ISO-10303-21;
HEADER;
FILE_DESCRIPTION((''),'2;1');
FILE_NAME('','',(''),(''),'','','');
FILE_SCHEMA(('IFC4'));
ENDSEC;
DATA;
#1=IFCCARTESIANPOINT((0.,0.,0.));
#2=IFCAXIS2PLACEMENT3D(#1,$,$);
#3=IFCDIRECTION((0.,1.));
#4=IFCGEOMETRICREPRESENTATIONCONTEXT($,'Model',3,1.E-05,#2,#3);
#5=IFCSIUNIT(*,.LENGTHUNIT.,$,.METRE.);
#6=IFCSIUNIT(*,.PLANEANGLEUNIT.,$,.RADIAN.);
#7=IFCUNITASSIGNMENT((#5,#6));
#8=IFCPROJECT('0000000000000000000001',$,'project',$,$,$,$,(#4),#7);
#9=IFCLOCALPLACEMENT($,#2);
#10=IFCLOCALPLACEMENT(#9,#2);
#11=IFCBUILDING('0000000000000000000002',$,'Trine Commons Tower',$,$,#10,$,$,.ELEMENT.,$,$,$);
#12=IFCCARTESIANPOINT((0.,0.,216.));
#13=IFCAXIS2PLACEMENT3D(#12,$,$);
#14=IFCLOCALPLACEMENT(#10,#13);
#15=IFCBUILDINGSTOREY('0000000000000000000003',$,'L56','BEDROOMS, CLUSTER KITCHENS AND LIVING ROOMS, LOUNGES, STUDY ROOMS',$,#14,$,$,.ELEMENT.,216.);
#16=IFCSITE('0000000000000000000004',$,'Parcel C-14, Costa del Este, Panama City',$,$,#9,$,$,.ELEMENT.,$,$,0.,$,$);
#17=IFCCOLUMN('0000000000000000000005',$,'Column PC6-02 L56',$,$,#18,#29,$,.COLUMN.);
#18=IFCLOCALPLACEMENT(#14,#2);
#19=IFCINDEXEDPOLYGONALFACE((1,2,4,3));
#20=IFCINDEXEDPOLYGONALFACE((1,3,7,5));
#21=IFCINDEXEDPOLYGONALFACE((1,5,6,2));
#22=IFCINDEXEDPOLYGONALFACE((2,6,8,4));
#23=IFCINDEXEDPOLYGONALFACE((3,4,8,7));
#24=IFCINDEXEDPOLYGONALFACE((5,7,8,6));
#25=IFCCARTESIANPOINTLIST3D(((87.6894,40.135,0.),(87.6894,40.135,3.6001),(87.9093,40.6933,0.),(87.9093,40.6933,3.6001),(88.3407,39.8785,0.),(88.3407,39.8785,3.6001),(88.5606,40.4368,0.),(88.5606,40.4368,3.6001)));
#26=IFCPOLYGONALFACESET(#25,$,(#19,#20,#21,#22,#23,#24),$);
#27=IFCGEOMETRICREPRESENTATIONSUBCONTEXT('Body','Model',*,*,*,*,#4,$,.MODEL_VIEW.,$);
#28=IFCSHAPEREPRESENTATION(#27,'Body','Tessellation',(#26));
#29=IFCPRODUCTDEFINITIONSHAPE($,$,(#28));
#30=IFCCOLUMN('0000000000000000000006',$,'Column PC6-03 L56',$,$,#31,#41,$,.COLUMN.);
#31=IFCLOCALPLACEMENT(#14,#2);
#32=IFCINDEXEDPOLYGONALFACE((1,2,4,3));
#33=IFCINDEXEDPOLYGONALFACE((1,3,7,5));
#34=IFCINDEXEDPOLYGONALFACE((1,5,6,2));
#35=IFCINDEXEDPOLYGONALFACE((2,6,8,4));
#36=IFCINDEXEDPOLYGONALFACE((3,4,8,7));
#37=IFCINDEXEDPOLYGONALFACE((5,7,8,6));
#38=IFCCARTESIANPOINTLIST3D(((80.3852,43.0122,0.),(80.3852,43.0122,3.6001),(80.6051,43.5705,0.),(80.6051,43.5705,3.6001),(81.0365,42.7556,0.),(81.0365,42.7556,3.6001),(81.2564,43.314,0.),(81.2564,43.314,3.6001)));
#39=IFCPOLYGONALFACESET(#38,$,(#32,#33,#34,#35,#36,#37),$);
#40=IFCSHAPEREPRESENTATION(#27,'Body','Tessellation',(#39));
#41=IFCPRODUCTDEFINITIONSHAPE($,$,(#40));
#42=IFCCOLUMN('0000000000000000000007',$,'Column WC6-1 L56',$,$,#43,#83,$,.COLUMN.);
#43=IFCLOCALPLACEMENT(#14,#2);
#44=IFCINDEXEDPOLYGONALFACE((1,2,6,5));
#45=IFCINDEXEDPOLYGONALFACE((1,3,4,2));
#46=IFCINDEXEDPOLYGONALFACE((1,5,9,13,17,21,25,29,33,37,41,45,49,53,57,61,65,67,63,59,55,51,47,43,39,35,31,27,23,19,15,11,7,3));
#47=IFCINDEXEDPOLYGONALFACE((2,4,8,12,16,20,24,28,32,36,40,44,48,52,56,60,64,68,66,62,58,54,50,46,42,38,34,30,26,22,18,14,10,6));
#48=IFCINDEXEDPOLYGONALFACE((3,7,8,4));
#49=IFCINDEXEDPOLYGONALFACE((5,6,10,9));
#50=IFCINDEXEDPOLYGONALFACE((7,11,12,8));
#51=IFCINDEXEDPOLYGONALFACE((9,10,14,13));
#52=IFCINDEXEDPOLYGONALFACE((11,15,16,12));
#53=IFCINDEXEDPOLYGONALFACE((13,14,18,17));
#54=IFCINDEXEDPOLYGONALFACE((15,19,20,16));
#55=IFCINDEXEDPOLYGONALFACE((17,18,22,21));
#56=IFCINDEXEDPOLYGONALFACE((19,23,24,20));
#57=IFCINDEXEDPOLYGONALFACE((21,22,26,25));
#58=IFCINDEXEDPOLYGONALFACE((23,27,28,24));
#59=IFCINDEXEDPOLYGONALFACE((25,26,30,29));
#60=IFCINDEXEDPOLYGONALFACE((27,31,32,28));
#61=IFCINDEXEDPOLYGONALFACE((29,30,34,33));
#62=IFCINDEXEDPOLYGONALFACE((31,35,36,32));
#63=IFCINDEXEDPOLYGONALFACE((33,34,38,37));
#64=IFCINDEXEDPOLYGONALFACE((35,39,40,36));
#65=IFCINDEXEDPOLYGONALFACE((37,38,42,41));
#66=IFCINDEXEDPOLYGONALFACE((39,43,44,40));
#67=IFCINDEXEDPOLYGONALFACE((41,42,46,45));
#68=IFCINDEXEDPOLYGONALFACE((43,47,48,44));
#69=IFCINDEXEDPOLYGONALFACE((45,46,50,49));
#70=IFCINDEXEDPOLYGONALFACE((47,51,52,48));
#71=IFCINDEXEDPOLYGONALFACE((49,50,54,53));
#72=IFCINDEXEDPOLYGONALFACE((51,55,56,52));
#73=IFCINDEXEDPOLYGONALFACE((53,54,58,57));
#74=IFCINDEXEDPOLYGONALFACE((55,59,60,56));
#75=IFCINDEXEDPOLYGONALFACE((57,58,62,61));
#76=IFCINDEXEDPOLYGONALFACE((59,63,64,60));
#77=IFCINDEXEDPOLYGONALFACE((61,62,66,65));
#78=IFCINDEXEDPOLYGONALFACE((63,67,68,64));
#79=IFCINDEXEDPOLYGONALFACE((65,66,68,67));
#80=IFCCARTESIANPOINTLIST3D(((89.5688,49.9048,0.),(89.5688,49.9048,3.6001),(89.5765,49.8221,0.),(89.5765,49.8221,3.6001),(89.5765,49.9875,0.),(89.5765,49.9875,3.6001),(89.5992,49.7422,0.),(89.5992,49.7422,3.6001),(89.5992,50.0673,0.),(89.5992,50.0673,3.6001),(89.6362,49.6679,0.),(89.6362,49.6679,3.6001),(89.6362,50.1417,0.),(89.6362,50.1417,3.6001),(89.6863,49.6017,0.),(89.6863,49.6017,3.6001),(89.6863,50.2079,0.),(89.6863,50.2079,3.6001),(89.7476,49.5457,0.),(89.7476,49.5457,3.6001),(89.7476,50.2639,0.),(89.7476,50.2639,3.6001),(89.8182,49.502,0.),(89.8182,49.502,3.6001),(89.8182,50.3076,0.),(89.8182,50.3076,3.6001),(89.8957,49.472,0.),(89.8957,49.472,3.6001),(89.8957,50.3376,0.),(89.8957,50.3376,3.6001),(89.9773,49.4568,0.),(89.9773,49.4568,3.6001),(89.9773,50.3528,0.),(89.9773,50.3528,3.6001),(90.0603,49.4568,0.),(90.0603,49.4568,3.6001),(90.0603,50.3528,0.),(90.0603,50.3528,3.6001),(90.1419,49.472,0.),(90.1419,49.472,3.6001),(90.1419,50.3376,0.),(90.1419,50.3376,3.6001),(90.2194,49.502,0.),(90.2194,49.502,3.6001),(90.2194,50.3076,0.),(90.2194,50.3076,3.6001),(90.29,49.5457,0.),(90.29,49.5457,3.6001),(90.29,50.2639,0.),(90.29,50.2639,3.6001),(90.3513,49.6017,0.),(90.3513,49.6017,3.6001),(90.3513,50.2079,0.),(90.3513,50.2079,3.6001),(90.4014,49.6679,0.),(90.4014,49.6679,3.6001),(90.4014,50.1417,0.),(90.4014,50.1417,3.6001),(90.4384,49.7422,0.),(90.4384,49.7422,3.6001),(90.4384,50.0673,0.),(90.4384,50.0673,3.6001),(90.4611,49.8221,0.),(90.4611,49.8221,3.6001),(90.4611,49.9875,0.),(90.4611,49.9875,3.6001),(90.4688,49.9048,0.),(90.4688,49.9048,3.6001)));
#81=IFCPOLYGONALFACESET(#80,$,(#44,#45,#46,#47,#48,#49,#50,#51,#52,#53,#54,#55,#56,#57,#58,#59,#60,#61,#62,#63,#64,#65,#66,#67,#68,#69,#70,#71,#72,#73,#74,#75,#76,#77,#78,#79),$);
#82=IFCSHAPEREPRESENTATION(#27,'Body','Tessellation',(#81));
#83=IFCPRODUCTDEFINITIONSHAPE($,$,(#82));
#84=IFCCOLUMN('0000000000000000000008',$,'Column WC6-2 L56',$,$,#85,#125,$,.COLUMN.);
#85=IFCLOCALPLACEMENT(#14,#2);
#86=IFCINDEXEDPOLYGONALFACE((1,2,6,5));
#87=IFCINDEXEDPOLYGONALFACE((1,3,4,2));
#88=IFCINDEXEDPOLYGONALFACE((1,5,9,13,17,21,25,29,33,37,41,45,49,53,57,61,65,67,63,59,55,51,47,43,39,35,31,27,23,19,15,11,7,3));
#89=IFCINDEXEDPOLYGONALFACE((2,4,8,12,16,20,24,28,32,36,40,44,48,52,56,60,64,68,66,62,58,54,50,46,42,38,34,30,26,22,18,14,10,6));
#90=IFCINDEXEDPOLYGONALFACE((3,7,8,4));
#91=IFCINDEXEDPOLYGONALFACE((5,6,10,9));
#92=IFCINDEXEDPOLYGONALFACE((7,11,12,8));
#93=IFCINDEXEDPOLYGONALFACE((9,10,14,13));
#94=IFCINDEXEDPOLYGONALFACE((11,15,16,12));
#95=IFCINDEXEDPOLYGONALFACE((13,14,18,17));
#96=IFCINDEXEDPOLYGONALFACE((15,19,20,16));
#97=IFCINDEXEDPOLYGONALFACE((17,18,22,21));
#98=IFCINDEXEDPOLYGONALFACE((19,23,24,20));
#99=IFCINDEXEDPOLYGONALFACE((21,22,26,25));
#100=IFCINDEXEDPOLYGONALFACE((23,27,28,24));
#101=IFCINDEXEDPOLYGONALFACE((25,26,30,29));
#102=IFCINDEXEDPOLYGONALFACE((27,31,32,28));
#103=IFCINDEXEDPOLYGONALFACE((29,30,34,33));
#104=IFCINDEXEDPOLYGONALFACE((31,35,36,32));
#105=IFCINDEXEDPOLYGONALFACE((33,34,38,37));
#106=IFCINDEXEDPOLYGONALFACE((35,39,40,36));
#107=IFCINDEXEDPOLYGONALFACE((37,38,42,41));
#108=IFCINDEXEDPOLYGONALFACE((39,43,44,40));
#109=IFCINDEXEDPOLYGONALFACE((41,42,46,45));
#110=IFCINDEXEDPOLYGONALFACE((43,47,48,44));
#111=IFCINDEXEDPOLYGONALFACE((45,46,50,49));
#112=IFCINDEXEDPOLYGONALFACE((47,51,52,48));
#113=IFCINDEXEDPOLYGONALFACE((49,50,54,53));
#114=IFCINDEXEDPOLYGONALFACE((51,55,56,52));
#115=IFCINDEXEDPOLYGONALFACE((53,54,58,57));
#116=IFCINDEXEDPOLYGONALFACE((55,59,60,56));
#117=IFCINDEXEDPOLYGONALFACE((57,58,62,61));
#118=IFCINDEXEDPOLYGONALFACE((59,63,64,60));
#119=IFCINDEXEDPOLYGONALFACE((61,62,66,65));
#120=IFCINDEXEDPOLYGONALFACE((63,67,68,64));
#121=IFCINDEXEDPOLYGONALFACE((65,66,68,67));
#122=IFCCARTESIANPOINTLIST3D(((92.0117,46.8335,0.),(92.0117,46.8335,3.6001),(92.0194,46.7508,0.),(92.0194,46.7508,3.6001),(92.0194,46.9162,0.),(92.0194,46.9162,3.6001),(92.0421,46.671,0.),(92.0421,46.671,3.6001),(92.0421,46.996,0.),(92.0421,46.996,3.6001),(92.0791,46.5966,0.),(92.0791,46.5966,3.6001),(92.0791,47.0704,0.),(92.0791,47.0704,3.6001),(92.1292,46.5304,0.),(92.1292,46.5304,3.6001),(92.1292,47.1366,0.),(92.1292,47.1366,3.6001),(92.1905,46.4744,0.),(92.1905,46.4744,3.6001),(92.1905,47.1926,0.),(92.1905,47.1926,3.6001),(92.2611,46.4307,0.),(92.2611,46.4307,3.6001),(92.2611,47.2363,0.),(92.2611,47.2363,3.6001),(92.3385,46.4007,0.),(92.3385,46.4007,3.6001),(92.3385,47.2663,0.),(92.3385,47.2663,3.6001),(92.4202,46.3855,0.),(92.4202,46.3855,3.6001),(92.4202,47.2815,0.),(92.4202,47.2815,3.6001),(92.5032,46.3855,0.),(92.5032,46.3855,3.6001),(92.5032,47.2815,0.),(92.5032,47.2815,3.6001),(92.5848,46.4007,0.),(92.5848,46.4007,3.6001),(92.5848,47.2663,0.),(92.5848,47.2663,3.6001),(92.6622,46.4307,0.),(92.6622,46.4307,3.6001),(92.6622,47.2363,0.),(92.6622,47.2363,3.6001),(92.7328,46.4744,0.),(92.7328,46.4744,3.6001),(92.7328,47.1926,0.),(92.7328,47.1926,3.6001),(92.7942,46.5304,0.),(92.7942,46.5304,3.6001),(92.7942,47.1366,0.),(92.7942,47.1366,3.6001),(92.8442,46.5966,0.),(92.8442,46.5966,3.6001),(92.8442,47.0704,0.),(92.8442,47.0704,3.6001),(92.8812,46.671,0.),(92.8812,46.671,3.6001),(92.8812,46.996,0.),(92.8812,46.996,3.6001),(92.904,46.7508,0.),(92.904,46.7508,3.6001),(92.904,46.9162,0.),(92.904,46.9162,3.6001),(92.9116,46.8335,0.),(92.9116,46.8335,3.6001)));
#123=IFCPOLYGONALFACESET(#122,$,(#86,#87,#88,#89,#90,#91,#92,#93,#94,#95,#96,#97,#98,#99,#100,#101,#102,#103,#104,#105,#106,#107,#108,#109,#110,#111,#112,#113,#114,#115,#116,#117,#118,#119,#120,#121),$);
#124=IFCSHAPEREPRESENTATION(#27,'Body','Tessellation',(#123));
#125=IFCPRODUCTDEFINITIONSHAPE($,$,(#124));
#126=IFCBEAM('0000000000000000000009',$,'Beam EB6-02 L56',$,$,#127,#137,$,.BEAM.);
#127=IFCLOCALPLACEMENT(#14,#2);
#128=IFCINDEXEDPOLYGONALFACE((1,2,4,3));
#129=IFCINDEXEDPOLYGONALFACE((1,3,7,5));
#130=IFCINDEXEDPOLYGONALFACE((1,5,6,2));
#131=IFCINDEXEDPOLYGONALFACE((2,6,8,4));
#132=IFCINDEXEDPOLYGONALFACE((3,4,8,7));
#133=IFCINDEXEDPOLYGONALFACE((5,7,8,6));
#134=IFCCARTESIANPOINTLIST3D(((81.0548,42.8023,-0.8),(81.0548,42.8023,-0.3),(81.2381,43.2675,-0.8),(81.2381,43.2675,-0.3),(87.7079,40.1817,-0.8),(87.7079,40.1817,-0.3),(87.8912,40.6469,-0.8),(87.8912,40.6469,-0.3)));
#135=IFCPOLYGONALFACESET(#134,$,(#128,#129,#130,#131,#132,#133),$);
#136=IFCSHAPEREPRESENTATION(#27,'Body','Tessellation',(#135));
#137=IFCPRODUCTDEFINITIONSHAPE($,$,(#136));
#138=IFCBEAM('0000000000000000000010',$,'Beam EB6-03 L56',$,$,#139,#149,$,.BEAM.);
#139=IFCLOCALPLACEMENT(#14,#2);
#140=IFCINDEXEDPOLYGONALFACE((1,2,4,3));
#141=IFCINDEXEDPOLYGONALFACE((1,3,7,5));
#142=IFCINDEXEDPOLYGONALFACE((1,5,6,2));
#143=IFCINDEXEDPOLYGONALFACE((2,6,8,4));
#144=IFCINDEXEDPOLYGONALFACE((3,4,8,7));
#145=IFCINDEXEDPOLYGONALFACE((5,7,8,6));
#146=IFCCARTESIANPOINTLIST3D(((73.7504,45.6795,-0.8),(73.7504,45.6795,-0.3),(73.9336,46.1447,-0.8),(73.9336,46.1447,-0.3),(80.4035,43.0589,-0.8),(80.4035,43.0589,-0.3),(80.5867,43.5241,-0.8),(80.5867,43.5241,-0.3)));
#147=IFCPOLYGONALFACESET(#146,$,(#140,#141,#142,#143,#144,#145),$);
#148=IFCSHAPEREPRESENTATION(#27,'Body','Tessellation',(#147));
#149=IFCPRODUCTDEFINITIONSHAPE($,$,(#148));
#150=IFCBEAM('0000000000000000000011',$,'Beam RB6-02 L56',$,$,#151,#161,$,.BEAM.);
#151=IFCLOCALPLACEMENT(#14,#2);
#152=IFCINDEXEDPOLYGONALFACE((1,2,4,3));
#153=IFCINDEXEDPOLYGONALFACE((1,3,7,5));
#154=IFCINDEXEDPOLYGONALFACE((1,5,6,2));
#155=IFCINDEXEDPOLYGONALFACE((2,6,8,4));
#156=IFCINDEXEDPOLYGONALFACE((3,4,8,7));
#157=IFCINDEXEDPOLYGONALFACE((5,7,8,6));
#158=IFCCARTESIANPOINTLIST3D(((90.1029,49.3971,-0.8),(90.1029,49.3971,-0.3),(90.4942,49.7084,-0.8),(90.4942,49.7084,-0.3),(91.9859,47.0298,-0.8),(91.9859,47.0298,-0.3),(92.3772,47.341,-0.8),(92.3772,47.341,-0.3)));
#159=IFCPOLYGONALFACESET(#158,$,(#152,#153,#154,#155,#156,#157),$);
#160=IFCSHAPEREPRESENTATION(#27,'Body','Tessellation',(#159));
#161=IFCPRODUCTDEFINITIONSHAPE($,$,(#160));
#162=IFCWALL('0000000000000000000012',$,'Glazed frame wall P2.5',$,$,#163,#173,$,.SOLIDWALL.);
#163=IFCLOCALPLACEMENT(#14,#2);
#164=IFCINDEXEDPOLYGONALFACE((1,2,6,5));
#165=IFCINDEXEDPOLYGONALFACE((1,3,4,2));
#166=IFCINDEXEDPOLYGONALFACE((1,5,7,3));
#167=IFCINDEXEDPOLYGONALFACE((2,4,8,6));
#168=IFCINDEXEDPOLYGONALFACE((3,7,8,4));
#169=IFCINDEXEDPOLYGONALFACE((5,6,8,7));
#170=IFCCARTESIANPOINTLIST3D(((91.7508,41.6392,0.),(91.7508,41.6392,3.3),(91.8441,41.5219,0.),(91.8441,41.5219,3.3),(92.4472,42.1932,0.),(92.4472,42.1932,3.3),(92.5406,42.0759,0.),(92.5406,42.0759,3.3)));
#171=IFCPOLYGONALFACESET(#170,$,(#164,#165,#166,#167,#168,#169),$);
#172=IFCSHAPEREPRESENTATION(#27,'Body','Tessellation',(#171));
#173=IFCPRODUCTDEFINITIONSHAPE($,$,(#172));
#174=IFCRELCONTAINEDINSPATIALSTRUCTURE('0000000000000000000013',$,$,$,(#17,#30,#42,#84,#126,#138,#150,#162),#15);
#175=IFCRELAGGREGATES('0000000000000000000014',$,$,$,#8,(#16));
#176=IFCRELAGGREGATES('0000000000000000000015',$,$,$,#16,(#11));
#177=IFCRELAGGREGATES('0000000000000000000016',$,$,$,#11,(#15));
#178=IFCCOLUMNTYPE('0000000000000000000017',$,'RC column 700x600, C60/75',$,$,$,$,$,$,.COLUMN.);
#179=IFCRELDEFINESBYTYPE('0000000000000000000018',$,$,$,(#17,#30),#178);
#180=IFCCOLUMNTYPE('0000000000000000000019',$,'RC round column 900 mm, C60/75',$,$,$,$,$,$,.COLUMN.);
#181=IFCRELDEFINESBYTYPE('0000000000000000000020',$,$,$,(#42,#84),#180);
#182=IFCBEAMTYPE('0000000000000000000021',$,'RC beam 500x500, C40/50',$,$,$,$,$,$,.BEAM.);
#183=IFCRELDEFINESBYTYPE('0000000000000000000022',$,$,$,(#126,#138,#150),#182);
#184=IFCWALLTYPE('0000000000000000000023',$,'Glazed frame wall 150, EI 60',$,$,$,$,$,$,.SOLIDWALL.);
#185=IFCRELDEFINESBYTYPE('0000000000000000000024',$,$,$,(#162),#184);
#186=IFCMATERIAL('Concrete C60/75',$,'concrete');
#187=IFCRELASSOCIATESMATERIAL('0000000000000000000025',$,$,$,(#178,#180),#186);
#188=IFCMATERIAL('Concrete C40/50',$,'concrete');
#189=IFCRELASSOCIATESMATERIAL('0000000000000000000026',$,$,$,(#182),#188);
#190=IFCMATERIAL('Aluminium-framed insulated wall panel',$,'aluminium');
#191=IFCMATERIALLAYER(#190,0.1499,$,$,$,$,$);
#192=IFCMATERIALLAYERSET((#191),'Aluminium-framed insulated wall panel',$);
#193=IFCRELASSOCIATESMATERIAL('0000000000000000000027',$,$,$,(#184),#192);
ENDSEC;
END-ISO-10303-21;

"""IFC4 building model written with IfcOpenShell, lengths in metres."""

from ifc_helpers import new_model, si_unit, direction, frame, origin, origin_2d, place, context, subcontext, project, spatial, polyline, rectangle, circle, outline, extrude, material, layer, layer_set, material_profile, profile_set, type_object, element, save


model = new_model("IFC4")

# Units and contexts
model_context = context("Model", 3, precision=1e-05, world=origin(), true_north=direction((0.0, 1.0)))
body_context = subcontext(model_context, "Body", "Model", "MODEL_VIEW")
ifc_project = project(units=[si_unit("LENGTHUNIT", "METRE"), si_unit("PLANEANGLEUNIT", "RADIAN")], contexts=[model_context])

# Site, building, storey
site_placement = place(None, origin())
site = spatial("IfcSite", under=ifc_project, at=site_placement, Name="Parcel C-14, Costa del Este, Panama City", CompositionType="ELEMENT", RefElevation=0.0)
building_placement = place(site_placement, origin())
building = spatial("IfcBuilding", under=site, at=building_placement, Name="Trine Commons Tower", CompositionType="ELEMENT")
storey_placement = place(building_placement, frame((0.0, 0.0, 216.0)))
storey = spatial("IfcBuildingStorey", under=building, at=storey_placement, Name="L56", Description="BEDROOMS, CLUSTER KITCHENS AND LIVING ROOMS, LOUNGES, STUDY ROOMS", CompositionType="ELEMENT", Elevation=216.0)

# Columns
ifc_material_1 = material(Name="Concrete C60/75", Category="concrete")
ifc_material_profile_1 = material_profile(ifc_material_1, rectangle(XDim=0.7, YDim=0.6001, at=origin_2d()), Name="RC 700x600")
ifc_profile_set_1 = profile_set([ifc_material_profile_1], Name="Concrete C60/75")
column_type_1 = type_object("IfcColumnType", Name="RC column 700x600, C60/75", PredefinedType="COLUMN", material=ifc_profile_set_1)
for number, where, z_axis, x_axis, name in (
    (1, (88.125, 40.2859, 0.0), (0.0, 0.0, 1.0), (-0.930418, 0.366501, 0.0), "Column PC6-02 L56"),
    (2, (80.8208, 43.1631, 0.0), (0.0, 0.0, 1.0), (-0.930418, 0.366501, 0.0), "Column PC6-03 L56"),
):
    element("IfcColumn", number, at=place(storey_placement, frame(where, z_axis=z_axis, x_axis=x_axis)), inside=storey, type_object=column_type_1, Name=name, PredefinedType="COLUMN", context=body_context, shape_type="SweptSolid", body=[
        extrude(rectangle(XDim=0.7, YDim=0.6001, at=origin_2d()), origin(), (0.0, 0.0, 1.0), 3.6001),
    ])
ifc_material_profile_2 = material_profile(ifc_material_1, circle(Radius=0.45, at=origin_2d()), Name="RC round 900")
ifc_profile_set_2 = profile_set([ifc_material_profile_2], Name="Concrete C60/75")
column_type_2 = type_object("IfcColumnType", Name="RC round column 900 mm, C60/75", PredefinedType="COLUMN", material=ifc_profile_set_2)
for number, where, z_axis, x_axis, name in (
    (3, (90.0188, 49.9048, 0.0), (0.0, 0.0, 1.0), (1.0, 0.0, 0.0), "Column WC6-1 L56"),
    (4, (92.4617, 46.8335, 0.0), (0.0, 0.0, 1.0), (1.0, 0.0, 0.0), "Column WC6-2 L56"),
):
    element("IfcColumn", number, at=place(storey_placement, frame(where, z_axis=z_axis, x_axis=x_axis)), inside=storey, type_object=column_type_2, Name=name, PredefinedType="COLUMN", context=body_context, shape_type="SweptSolid", body=[
        extrude(circle(Radius=0.45, at=origin_2d()), origin(), (0.0, 0.0, 1.0), 3.6001),
    ])

# Beams
ifc_material_2 = material(Name="Concrete C40/50", Category="concrete")
ifc_material_profile_3 = material_profile(ifc_material_2, rectangle(XDim=0.5, YDim=0.5, at=origin_2d()), Name="RC 500x500")
ifc_profile_set_3 = profile_set([ifc_material_profile_3], Name="Concrete C40/50")
beam_type = type_object("IfcBeamType", Name="RC beam 500x500, C40/50", PredefinedType="BEAM", material=ifc_profile_set_3)
for number, where, z_axis, x_axis, name in (
    (5, (87.7996, 40.4143, -0.55), (-0.930423, 0.366488, 0.0), (-0.366488, -0.930423, 0.0), "Beam EB6-02 L56"),
    (6, (80.4951, 43.2915, -0.55), (-0.930423, 0.366488, 0.0), (-0.366488, -0.930423, 0.0), "Beam EB6-03 L56"),
):
    element("IfcBeam", number, at=place(storey_placement, frame(where, z_axis=z_axis, x_axis=x_axis)), inside=storey, type_object=beam_type, Name=name, PredefinedType="BEAM", context=body_context, shape_type="SweptSolid", body=[
        extrude(rectangle(XDim=0.5, YDim=0.5, at=origin_2d()), origin(), (0.0, 0.0, 1.0), 7.1506),
    ])
beam_placement = place(storey_placement, frame((90.2986, 49.5527, -0.55), z_axis=(0.622498, -0.782622, 0.0), x_axis=(0.782622, 0.622498, 0.0)))
element("IfcBeam", 7, at=beam_placement, inside=storey, type_object=beam_type, Name="Beam RB6-02 L56", PredefinedType="BEAM", context=body_context, shape_type="SweptSolid", body=[
    extrude(rectangle(XDim=0.5, YDim=0.5, at=origin_2d()), origin(), (0.0, 0.0, 1.0), 3.0249),
])

# Wall
ifc_material_3 = material(Name="Aluminium-framed insulated wall panel", Category="aluminium")
ifc_layer_1 = layer(ifc_material_3, 0.1499)
ifc_layer_set_1 = layer_set([ifc_layer_1], Name="Aluminium-framed insulated wall panel")
wall_type_1 = type_object("IfcWallType", Name="Glazed frame wall 150, EI 60", PredefinedType="SOLIDWALL", material=ifc_layer_set_1)
wall_1_placement = place(storey_placement, frame((92.4939, 42.1345, 0.0), z_axis=(0.0, 0.0, 1.0), x_axis=(-0.782628, -0.62249, 0.0)))
element("IfcWall", 8, at=wall_1_placement, inside=storey, type_object=wall_type_1, Name="Glazed frame wall P2.5", PredefinedType="SOLIDWALL", context=body_context, shape_type="SweptSolid", body=[
    extrude(outline(polyline([(0.8899, 0.075), (0.0, 0.075), (0.0, -0.075), (0.8899, -0.075), (0.8899, 0.075)])), origin(), (0.0, 0.0, 1.0), 3.3),
])

save(model, "model.ifc")
